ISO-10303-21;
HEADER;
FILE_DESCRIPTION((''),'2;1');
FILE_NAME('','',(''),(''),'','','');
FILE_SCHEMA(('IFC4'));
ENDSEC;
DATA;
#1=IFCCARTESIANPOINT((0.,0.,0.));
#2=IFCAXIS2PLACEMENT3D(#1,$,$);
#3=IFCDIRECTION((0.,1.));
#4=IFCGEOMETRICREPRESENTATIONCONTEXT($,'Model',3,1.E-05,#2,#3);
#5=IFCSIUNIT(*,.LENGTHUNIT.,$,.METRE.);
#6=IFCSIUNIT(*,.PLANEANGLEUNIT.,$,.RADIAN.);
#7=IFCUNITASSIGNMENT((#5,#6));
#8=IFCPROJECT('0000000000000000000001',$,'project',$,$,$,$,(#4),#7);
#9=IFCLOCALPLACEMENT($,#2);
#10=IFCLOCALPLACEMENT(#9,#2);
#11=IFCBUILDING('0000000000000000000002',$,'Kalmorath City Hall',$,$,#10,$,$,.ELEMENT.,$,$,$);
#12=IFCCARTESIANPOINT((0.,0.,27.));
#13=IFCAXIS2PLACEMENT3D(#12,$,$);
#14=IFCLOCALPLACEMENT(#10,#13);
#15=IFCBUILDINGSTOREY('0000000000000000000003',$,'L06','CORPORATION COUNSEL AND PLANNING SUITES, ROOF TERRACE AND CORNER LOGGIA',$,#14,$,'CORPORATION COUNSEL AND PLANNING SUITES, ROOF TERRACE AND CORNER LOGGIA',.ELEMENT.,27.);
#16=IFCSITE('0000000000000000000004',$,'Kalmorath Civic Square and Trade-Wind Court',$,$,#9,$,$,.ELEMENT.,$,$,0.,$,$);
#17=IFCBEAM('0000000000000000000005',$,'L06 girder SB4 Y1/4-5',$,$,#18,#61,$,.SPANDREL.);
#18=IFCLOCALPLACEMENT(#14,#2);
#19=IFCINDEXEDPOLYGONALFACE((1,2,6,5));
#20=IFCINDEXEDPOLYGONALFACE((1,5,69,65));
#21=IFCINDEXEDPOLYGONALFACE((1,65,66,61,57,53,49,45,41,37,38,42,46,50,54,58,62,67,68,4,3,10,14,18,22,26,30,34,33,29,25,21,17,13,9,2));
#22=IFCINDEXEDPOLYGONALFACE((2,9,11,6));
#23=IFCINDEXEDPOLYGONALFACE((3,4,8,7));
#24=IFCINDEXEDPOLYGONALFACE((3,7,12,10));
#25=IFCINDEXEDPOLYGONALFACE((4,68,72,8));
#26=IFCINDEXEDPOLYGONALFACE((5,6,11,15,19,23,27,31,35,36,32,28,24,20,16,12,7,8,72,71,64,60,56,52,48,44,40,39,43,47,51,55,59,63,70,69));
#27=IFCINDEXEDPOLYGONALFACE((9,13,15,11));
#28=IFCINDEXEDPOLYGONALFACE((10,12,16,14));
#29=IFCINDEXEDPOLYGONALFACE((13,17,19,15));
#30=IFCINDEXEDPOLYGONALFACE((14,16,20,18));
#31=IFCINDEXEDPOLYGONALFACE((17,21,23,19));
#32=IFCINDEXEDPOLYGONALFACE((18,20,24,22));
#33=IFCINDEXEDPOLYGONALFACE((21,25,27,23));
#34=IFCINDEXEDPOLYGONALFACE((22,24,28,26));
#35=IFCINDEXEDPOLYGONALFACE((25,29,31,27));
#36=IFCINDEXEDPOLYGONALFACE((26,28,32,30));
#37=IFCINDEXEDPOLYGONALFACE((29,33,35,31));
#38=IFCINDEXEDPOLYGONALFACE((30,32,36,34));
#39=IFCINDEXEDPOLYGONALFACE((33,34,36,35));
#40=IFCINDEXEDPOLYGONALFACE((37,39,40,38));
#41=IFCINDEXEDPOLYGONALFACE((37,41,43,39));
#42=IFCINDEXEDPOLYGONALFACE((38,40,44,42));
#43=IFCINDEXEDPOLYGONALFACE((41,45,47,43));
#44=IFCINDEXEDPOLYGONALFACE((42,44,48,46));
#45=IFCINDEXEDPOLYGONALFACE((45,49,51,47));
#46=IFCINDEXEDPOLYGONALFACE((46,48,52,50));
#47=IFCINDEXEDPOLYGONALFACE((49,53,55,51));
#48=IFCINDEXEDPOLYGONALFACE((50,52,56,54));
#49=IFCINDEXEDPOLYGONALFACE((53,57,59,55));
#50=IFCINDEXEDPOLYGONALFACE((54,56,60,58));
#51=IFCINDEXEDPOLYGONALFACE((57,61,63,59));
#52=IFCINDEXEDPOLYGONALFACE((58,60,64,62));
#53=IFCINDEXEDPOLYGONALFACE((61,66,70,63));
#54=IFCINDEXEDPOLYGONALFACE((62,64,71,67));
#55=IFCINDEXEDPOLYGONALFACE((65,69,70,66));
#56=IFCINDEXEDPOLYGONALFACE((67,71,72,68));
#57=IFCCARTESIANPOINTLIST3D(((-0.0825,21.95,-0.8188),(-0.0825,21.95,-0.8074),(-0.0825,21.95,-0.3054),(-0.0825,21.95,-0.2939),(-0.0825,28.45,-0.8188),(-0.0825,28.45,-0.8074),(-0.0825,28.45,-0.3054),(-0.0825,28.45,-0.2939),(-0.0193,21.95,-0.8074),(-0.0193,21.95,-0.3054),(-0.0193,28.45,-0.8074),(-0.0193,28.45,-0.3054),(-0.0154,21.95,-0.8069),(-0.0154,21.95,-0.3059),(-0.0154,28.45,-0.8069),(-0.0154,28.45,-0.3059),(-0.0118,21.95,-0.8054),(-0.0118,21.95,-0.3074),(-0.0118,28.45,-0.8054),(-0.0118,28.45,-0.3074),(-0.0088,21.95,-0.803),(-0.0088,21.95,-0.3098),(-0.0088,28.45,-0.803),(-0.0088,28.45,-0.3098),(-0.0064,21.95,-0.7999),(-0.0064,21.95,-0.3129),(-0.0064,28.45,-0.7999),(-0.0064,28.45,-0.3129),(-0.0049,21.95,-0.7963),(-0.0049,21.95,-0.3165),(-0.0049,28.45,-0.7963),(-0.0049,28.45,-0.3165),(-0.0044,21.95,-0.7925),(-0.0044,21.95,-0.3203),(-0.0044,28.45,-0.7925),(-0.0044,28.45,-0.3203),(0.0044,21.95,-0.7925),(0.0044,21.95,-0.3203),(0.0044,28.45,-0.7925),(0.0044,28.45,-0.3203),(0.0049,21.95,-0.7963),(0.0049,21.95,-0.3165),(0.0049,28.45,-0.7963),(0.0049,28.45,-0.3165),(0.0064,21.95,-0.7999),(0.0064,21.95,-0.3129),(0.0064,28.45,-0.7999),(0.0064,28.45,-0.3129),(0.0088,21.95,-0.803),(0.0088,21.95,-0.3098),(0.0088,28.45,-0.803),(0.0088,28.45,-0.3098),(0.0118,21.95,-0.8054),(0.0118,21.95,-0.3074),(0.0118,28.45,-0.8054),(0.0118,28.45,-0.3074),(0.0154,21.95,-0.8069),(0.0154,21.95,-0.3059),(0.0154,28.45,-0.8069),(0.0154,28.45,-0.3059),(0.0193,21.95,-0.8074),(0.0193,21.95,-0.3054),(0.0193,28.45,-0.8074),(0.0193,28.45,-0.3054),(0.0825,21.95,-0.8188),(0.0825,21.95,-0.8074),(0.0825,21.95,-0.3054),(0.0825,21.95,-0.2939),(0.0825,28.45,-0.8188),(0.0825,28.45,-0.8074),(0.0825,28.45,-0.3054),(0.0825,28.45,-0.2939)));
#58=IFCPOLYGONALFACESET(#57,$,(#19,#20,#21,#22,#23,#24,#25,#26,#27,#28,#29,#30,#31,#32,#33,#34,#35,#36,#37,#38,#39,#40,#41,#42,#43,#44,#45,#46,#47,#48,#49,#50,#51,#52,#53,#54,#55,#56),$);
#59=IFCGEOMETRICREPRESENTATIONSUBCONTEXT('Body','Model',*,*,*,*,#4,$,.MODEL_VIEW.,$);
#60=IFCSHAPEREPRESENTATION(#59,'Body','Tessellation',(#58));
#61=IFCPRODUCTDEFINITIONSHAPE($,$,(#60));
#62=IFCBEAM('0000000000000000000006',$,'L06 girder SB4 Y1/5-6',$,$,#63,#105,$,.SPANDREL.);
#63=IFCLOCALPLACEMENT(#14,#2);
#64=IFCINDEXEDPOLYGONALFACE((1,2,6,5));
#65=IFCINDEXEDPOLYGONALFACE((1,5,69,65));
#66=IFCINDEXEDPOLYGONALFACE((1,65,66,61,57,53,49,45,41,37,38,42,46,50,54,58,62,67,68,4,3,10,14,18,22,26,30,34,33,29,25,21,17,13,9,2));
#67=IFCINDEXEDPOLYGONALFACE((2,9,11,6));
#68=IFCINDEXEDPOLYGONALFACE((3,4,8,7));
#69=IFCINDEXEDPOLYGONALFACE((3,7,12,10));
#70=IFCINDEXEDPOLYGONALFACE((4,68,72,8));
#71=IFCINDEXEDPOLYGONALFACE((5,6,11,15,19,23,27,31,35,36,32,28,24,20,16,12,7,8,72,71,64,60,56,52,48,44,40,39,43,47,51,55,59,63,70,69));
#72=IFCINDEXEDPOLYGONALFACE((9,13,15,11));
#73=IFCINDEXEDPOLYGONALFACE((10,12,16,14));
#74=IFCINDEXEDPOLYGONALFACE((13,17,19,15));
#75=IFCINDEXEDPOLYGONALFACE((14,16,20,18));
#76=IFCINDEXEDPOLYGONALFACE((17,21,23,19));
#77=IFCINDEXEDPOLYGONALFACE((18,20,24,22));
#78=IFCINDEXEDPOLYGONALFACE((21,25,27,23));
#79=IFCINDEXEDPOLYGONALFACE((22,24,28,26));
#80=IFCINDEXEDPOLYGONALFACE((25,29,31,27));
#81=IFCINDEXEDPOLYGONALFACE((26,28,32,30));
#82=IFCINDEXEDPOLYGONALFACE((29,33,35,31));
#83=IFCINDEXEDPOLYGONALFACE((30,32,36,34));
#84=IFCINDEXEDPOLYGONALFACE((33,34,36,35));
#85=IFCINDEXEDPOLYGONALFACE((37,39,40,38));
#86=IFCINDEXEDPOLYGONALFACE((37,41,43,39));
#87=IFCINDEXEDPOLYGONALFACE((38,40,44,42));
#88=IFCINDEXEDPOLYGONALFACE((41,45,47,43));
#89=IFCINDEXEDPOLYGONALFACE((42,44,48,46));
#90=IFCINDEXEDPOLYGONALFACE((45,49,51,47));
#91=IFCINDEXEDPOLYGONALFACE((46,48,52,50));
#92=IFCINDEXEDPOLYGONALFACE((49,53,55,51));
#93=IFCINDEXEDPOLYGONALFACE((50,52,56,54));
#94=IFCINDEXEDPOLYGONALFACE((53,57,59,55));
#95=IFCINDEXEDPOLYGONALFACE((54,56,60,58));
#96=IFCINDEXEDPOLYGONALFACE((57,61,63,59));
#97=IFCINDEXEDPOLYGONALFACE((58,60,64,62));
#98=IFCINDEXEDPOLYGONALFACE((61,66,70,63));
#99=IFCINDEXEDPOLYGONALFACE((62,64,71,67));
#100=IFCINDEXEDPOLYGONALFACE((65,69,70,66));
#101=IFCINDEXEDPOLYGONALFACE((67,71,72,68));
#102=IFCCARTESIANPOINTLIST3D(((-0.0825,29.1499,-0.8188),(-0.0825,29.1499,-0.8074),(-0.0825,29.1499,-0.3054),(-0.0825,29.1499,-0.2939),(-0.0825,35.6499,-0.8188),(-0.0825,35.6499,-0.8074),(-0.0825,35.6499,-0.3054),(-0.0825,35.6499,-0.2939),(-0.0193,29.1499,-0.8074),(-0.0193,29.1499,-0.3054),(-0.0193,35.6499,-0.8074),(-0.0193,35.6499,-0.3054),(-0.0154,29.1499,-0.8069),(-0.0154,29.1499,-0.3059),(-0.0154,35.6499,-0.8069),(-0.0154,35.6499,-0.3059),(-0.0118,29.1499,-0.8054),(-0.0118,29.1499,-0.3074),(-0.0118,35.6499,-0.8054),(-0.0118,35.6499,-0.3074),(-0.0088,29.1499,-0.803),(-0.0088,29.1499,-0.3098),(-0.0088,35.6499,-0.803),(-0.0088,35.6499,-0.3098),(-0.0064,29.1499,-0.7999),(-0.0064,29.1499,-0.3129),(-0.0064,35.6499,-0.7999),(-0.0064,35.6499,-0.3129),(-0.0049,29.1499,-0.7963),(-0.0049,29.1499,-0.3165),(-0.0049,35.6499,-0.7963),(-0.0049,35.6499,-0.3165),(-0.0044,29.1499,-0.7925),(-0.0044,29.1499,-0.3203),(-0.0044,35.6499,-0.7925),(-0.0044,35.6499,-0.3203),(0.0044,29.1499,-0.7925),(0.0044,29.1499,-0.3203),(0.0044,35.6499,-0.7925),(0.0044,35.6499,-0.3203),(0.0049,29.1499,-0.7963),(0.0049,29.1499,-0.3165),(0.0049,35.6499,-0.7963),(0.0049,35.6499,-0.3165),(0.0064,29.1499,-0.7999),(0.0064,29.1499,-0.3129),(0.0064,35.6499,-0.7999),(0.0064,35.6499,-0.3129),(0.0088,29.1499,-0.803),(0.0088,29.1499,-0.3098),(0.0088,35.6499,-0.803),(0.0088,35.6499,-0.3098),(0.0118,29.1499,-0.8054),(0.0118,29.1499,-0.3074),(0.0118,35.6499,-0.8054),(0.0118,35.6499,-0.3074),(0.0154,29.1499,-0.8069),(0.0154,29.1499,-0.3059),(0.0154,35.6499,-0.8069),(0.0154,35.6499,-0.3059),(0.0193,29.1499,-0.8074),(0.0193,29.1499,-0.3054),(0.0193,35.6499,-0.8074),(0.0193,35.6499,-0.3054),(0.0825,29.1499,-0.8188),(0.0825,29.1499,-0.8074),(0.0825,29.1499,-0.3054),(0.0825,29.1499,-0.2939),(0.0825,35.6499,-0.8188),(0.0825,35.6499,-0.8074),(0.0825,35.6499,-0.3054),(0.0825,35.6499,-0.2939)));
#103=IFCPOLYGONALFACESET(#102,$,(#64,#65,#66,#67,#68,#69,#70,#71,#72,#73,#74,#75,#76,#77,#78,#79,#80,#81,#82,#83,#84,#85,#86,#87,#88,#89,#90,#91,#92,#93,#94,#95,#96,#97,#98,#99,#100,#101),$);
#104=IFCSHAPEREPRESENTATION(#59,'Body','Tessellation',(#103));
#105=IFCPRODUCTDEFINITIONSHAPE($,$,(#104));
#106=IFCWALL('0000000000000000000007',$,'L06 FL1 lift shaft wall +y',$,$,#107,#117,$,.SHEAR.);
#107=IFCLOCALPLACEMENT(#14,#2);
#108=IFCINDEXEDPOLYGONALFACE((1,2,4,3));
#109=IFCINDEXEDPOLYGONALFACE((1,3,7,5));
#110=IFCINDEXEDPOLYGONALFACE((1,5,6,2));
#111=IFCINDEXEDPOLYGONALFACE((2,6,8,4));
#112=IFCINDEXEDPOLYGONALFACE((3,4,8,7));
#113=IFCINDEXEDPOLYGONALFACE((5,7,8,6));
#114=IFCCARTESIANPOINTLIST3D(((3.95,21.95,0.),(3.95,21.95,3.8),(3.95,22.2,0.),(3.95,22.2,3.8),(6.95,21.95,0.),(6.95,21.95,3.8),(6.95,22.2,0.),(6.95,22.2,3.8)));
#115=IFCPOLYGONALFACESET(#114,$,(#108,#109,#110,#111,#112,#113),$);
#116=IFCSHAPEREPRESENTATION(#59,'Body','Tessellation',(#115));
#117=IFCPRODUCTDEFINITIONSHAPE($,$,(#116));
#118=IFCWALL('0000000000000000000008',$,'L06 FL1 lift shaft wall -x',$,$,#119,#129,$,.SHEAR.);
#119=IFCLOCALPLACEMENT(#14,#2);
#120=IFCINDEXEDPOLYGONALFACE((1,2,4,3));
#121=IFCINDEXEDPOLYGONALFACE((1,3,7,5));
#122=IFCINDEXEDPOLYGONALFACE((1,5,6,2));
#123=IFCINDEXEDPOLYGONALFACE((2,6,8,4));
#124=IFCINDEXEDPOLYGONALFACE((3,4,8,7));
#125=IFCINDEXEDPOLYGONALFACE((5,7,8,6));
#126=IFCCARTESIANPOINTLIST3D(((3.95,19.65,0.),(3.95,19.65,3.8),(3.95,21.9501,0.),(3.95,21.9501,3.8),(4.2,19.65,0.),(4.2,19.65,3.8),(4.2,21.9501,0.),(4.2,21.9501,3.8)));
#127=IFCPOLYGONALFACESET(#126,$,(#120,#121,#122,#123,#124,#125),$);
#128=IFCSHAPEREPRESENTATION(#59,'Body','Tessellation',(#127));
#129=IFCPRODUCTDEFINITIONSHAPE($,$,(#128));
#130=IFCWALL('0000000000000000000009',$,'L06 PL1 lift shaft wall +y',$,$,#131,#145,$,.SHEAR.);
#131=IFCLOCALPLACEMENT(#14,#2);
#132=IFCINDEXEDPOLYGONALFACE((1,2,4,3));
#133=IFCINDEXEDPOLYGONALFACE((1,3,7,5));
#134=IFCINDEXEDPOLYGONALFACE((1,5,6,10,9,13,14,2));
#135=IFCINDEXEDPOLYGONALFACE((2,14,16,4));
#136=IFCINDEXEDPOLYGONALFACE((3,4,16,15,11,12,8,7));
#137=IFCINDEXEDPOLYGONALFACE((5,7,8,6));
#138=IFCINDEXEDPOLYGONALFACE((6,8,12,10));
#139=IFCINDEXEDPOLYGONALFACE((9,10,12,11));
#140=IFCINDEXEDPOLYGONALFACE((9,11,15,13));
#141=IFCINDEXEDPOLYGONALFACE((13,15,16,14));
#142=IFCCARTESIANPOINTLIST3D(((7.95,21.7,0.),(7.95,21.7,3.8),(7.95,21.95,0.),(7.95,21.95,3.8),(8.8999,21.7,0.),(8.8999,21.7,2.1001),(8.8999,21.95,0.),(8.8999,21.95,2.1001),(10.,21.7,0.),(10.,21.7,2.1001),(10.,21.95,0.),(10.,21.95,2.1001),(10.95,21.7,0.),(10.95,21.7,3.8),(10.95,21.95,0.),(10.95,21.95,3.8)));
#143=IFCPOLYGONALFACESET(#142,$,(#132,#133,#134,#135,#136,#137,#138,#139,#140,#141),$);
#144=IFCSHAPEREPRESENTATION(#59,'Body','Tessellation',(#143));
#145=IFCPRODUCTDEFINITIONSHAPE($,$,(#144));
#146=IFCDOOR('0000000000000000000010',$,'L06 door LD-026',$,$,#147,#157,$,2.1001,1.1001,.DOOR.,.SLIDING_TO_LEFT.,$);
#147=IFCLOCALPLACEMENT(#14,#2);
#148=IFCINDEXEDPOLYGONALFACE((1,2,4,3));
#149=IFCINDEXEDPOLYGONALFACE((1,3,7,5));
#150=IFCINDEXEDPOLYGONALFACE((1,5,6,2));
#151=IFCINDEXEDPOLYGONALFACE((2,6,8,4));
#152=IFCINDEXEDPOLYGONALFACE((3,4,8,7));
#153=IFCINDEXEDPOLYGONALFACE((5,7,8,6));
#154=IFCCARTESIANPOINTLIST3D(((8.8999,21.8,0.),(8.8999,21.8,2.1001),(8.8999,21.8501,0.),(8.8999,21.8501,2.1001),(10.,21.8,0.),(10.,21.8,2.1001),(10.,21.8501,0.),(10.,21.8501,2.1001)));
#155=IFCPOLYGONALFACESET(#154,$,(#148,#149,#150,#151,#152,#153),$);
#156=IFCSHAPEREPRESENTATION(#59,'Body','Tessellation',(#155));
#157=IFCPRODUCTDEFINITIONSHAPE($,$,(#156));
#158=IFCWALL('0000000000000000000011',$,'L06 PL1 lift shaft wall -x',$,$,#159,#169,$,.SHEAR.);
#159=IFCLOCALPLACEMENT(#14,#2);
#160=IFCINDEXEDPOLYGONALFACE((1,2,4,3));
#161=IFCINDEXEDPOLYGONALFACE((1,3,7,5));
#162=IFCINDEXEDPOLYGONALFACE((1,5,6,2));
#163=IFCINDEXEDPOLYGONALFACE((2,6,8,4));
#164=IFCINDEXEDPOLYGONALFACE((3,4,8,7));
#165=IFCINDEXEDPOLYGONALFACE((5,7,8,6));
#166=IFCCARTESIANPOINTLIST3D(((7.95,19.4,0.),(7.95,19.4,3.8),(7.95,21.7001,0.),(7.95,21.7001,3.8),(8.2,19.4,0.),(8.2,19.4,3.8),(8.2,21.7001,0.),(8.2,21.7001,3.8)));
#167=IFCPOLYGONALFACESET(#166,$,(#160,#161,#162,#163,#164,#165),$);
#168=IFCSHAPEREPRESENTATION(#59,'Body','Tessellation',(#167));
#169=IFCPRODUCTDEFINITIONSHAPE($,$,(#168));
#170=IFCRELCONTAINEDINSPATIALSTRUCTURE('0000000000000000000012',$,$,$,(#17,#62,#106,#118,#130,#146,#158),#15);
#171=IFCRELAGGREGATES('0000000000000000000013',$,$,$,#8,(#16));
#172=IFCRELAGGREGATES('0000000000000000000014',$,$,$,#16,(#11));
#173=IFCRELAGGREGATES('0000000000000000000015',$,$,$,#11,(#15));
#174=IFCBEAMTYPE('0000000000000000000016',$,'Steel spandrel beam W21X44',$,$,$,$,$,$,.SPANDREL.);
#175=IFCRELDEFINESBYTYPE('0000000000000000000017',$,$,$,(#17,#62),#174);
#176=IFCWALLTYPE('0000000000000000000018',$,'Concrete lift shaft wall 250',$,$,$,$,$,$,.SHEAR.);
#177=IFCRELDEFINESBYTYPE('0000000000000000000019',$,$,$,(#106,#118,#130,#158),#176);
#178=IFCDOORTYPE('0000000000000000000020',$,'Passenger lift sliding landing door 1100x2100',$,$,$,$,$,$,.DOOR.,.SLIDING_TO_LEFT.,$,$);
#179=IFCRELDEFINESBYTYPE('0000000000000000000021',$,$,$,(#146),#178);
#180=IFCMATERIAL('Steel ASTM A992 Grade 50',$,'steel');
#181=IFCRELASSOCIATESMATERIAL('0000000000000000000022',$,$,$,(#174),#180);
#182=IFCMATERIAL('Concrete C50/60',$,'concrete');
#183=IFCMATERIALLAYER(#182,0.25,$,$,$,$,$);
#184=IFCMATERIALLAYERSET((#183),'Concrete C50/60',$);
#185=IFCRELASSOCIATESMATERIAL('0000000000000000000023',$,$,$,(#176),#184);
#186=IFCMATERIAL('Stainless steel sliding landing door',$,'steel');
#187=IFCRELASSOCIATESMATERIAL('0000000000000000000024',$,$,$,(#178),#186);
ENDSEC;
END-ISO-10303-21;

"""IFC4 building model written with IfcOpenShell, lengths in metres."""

from ifc_helpers import new_model, si_unit, direction, frame, frame_2d, origin, origin_2d, place, context, subcontext, project, spatial, rectangle, i_section, extrude, material, layer, layer_set, material_profile, profile_set, type_object, element, fill, save


model = new_model("IFC4")

# Units and contexts
model_context = context("Model", 3, precision=1e-05, world=origin(), true_north=direction((0.0, 1.0)))
body_context = subcontext(model_context, "Body", "Model", "MODEL_VIEW")
ifc_project = project(units=[si_unit("LENGTHUNIT", "METRE"), si_unit("PLANEANGLEUNIT", "RADIAN")], contexts=[model_context])

# Site, building, storey
site_placement = place(None, origin())
site = spatial("IfcSite", under=ifc_project, at=site_placement, Name="Kalmorath Civic Square and Trade-Wind Court", CompositionType="ELEMENT", RefElevation=0.0)
building_placement = place(site_placement, origin())
building = spatial("IfcBuilding", under=site, at=building_placement, Name="Kalmorath City Hall", CompositionType="ELEMENT")
storey_placement = place(building_placement, frame((0.0, 0.0, 27.0)))
storey = spatial("IfcBuildingStorey", under=building, at=storey_placement, Name="L06", Description="CORPORATION COUNSEL AND PLANNING SUITES, ROOF TERRACE AND CORNER LOGGIA", LongName="CORPORATION COUNSEL AND PLANNING SUITES, ROOF TERRACE AND CORNER LOGGIA", CompositionType="ELEMENT", Elevation=27.0)

# Beams
ifc_material_1 = material(Name="Steel ASTM A992 Grade 50", Category="steel")
ifc_material_profile_1 = material_profile(ifc_material_1, i_section(OverallWidth=0.165, OverallDepth=0.5249, WebThickness=0.0088, FlangeThickness=0.0115, FilletRadius=0.0149, at=origin_2d()), Name="W21X44")
ifc_profile_set_1 = profile_set([ifc_material_profile_1], Name="Steel ASTM A992 Grade 50")
beam_type_1 = type_object("IfcBeamType", Name="Steel spandrel beam W21X44", PredefinedType="SPANDREL", material=ifc_profile_set_1)
for number, where, z_axis, x_axis, name in (
    (1, (0.0, 21.95, -0.5564), (0.0, 1.0, 0.0), (-1.0, 0.0, 0.0), "L06 girder SB4 Y1/4-5"),
    (2, (0.0, 29.1499, -0.5564), (0.0, 1.0, 0.0), (-1.0, 0.0, 0.0), "L06 girder SB4 Y1/5-6"),
):
    element("IfcBeam", number, at=place(storey_placement, frame(where, z_axis=z_axis, x_axis=x_axis)), inside=storey, type_object=beam_type_1, Name=name, PredefinedType="SPANDREL", context=body_context, shape_type="SweptSolid", body=[
        extrude(i_section(OverallWidth=0.165, OverallDepth=0.5249, WebThickness=0.0088, FlangeThickness=0.0115, FilletRadius=0.0149, at=origin_2d()), origin(), (0.0, 0.0, 1.0), 6.5),
    ])

# Walls
ifc_material_2 = material(Name="Concrete C50/60", Category="concrete")
ifc_layer_1 = layer(ifc_material_2, 0.25)
ifc_layer_set_1 = layer_set([ifc_layer_1], Name="Concrete C50/60")
wall_type_1 = type_object("IfcWallType", Name="Concrete lift shaft wall 250", PredefinedType="SHEAR", material=ifc_layer_set_1)
wall_1_placement = place(storey_placement, frame((6.95, 22.075, 0.0), z_axis=(0.0, 0.0, 1.0), x_axis=(-1.0, 0.0, 0.0)))
element("IfcWall", 3, at=wall_1_placement, inside=storey, type_object=wall_type_1, Name="L06 FL1 lift shaft wall +y", PredefinedType="SHEAR", context=body_context, shape_type="SweptSolid", body=[
    extrude(rectangle(XDim=3.0, YDim=0.25, at=frame_2d((1.5, 0.0))), origin(), (0.0, 0.0, 1.0), 3.8),
])
wall_2_placement = place(storey_placement, frame((4.075, 21.95, 0.0), z_axis=(0.0, 0.0, 1.0), x_axis=(0.0, -1.0, 0.0)))
element("IfcWall", 4, at=wall_2_placement, inside=storey, type_object=wall_type_1, Name="L06 FL1 lift shaft wall -x", PredefinedType="SHEAR", context=body_context, shape_type="SweptSolid", body=[
    extrude(rectangle(XDim=2.3, YDim=0.25, at=frame_2d((1.1499, 0.0))), origin(), (0.0, 0.0, 1.0), 3.8),
])

# Wall, opening, door
wall_3_placement = place(storey_placement, frame((10.95, 21.825, 0.0), z_axis=(0.0, 0.0, 1.0), x_axis=(-1.0, 0.0, 0.0)))
wall_3 = element("IfcWall", 5, at=wall_3_placement, inside=storey, type_object=wall_type_1, Name="L06 PL1 lift shaft wall +y", PredefinedType="SHEAR", context=body_context, shape_type="SweptSolid", body=[
    extrude(rectangle(XDim=3.0, YDim=0.25, at=frame_2d((1.5, 0.0))), origin(), (0.0, 0.0, 1.0), 3.8),
])
opening_1_placement = place(wall_3_placement, frame((0.95, 0.0, 0.0)))
opening_1 = element("IfcOpeningElement", 6, at=opening_1_placement, cuts=wall_3, PredefinedType="OPENING", context=body_context, shape_type="SweptSolid", body=[
    extrude(rectangle(XDim=1.1001, YDim=2.1001, at=frame_2d((0.55, 1.05))), frame((0.0, 0.135, 0.0), z_axis=(0.0, -1.0, 0.0), x_axis=(1.0, 0.0, 0.0)), (0.0, 0.0, 1.0), 0.27),
])
ifc_material_3 = material(Name="Stainless steel sliding landing door", Category="steel")
door_type_1 = type_object("IfcDoorType", Name="Passenger lift sliding landing door 1100x2100", OperationType="SLIDING_TO_LEFT", PredefinedType="DOOR", material=ifc_material_3)
door_1_placement = place(opening_1_placement, origin())
door_1 = element("IfcDoor", 7, at=door_1_placement, inside=storey, type_object=door_type_1, Name="L06 door LD-026", OperationType="SLIDING_TO_LEFT", OverallHeight=2.1001, OverallWidth=1.1001, PredefinedType="DOOR", context=body_context, shape_type="SweptSolid", body=[
    extrude(rectangle(XDim=1.1001, YDim=2.1001, at=frame_2d((0.55, 1.05))), frame((0.0, 0.0249, 0.0), z_axis=(0.0, -1.0, 0.0), x_axis=(1.0, 0.0, 0.0)), (0.0, 0.0, 1.0), 0.05),
])
fill(opening_1, door_1)

# Wall
wall_4_placement = place(storey_placement, frame((8.075, 21.7, 0.0), z_axis=(0.0, 0.0, 1.0), x_axis=(0.0, -1.0, 0.0)))
element("IfcWall", 8, at=wall_4_placement, inside=storey, type_object=wall_type_1, Name="L06 PL1 lift shaft wall -x", PredefinedType="SHEAR", context=body_context, shape_type="SweptSolid", body=[
    extrude(rectangle(XDim=2.3, YDim=0.25, at=frame_2d((1.1499, 0.0))), origin(), (0.0, 0.0, 1.0), 3.8),
])

save(model, "model.ifc")
